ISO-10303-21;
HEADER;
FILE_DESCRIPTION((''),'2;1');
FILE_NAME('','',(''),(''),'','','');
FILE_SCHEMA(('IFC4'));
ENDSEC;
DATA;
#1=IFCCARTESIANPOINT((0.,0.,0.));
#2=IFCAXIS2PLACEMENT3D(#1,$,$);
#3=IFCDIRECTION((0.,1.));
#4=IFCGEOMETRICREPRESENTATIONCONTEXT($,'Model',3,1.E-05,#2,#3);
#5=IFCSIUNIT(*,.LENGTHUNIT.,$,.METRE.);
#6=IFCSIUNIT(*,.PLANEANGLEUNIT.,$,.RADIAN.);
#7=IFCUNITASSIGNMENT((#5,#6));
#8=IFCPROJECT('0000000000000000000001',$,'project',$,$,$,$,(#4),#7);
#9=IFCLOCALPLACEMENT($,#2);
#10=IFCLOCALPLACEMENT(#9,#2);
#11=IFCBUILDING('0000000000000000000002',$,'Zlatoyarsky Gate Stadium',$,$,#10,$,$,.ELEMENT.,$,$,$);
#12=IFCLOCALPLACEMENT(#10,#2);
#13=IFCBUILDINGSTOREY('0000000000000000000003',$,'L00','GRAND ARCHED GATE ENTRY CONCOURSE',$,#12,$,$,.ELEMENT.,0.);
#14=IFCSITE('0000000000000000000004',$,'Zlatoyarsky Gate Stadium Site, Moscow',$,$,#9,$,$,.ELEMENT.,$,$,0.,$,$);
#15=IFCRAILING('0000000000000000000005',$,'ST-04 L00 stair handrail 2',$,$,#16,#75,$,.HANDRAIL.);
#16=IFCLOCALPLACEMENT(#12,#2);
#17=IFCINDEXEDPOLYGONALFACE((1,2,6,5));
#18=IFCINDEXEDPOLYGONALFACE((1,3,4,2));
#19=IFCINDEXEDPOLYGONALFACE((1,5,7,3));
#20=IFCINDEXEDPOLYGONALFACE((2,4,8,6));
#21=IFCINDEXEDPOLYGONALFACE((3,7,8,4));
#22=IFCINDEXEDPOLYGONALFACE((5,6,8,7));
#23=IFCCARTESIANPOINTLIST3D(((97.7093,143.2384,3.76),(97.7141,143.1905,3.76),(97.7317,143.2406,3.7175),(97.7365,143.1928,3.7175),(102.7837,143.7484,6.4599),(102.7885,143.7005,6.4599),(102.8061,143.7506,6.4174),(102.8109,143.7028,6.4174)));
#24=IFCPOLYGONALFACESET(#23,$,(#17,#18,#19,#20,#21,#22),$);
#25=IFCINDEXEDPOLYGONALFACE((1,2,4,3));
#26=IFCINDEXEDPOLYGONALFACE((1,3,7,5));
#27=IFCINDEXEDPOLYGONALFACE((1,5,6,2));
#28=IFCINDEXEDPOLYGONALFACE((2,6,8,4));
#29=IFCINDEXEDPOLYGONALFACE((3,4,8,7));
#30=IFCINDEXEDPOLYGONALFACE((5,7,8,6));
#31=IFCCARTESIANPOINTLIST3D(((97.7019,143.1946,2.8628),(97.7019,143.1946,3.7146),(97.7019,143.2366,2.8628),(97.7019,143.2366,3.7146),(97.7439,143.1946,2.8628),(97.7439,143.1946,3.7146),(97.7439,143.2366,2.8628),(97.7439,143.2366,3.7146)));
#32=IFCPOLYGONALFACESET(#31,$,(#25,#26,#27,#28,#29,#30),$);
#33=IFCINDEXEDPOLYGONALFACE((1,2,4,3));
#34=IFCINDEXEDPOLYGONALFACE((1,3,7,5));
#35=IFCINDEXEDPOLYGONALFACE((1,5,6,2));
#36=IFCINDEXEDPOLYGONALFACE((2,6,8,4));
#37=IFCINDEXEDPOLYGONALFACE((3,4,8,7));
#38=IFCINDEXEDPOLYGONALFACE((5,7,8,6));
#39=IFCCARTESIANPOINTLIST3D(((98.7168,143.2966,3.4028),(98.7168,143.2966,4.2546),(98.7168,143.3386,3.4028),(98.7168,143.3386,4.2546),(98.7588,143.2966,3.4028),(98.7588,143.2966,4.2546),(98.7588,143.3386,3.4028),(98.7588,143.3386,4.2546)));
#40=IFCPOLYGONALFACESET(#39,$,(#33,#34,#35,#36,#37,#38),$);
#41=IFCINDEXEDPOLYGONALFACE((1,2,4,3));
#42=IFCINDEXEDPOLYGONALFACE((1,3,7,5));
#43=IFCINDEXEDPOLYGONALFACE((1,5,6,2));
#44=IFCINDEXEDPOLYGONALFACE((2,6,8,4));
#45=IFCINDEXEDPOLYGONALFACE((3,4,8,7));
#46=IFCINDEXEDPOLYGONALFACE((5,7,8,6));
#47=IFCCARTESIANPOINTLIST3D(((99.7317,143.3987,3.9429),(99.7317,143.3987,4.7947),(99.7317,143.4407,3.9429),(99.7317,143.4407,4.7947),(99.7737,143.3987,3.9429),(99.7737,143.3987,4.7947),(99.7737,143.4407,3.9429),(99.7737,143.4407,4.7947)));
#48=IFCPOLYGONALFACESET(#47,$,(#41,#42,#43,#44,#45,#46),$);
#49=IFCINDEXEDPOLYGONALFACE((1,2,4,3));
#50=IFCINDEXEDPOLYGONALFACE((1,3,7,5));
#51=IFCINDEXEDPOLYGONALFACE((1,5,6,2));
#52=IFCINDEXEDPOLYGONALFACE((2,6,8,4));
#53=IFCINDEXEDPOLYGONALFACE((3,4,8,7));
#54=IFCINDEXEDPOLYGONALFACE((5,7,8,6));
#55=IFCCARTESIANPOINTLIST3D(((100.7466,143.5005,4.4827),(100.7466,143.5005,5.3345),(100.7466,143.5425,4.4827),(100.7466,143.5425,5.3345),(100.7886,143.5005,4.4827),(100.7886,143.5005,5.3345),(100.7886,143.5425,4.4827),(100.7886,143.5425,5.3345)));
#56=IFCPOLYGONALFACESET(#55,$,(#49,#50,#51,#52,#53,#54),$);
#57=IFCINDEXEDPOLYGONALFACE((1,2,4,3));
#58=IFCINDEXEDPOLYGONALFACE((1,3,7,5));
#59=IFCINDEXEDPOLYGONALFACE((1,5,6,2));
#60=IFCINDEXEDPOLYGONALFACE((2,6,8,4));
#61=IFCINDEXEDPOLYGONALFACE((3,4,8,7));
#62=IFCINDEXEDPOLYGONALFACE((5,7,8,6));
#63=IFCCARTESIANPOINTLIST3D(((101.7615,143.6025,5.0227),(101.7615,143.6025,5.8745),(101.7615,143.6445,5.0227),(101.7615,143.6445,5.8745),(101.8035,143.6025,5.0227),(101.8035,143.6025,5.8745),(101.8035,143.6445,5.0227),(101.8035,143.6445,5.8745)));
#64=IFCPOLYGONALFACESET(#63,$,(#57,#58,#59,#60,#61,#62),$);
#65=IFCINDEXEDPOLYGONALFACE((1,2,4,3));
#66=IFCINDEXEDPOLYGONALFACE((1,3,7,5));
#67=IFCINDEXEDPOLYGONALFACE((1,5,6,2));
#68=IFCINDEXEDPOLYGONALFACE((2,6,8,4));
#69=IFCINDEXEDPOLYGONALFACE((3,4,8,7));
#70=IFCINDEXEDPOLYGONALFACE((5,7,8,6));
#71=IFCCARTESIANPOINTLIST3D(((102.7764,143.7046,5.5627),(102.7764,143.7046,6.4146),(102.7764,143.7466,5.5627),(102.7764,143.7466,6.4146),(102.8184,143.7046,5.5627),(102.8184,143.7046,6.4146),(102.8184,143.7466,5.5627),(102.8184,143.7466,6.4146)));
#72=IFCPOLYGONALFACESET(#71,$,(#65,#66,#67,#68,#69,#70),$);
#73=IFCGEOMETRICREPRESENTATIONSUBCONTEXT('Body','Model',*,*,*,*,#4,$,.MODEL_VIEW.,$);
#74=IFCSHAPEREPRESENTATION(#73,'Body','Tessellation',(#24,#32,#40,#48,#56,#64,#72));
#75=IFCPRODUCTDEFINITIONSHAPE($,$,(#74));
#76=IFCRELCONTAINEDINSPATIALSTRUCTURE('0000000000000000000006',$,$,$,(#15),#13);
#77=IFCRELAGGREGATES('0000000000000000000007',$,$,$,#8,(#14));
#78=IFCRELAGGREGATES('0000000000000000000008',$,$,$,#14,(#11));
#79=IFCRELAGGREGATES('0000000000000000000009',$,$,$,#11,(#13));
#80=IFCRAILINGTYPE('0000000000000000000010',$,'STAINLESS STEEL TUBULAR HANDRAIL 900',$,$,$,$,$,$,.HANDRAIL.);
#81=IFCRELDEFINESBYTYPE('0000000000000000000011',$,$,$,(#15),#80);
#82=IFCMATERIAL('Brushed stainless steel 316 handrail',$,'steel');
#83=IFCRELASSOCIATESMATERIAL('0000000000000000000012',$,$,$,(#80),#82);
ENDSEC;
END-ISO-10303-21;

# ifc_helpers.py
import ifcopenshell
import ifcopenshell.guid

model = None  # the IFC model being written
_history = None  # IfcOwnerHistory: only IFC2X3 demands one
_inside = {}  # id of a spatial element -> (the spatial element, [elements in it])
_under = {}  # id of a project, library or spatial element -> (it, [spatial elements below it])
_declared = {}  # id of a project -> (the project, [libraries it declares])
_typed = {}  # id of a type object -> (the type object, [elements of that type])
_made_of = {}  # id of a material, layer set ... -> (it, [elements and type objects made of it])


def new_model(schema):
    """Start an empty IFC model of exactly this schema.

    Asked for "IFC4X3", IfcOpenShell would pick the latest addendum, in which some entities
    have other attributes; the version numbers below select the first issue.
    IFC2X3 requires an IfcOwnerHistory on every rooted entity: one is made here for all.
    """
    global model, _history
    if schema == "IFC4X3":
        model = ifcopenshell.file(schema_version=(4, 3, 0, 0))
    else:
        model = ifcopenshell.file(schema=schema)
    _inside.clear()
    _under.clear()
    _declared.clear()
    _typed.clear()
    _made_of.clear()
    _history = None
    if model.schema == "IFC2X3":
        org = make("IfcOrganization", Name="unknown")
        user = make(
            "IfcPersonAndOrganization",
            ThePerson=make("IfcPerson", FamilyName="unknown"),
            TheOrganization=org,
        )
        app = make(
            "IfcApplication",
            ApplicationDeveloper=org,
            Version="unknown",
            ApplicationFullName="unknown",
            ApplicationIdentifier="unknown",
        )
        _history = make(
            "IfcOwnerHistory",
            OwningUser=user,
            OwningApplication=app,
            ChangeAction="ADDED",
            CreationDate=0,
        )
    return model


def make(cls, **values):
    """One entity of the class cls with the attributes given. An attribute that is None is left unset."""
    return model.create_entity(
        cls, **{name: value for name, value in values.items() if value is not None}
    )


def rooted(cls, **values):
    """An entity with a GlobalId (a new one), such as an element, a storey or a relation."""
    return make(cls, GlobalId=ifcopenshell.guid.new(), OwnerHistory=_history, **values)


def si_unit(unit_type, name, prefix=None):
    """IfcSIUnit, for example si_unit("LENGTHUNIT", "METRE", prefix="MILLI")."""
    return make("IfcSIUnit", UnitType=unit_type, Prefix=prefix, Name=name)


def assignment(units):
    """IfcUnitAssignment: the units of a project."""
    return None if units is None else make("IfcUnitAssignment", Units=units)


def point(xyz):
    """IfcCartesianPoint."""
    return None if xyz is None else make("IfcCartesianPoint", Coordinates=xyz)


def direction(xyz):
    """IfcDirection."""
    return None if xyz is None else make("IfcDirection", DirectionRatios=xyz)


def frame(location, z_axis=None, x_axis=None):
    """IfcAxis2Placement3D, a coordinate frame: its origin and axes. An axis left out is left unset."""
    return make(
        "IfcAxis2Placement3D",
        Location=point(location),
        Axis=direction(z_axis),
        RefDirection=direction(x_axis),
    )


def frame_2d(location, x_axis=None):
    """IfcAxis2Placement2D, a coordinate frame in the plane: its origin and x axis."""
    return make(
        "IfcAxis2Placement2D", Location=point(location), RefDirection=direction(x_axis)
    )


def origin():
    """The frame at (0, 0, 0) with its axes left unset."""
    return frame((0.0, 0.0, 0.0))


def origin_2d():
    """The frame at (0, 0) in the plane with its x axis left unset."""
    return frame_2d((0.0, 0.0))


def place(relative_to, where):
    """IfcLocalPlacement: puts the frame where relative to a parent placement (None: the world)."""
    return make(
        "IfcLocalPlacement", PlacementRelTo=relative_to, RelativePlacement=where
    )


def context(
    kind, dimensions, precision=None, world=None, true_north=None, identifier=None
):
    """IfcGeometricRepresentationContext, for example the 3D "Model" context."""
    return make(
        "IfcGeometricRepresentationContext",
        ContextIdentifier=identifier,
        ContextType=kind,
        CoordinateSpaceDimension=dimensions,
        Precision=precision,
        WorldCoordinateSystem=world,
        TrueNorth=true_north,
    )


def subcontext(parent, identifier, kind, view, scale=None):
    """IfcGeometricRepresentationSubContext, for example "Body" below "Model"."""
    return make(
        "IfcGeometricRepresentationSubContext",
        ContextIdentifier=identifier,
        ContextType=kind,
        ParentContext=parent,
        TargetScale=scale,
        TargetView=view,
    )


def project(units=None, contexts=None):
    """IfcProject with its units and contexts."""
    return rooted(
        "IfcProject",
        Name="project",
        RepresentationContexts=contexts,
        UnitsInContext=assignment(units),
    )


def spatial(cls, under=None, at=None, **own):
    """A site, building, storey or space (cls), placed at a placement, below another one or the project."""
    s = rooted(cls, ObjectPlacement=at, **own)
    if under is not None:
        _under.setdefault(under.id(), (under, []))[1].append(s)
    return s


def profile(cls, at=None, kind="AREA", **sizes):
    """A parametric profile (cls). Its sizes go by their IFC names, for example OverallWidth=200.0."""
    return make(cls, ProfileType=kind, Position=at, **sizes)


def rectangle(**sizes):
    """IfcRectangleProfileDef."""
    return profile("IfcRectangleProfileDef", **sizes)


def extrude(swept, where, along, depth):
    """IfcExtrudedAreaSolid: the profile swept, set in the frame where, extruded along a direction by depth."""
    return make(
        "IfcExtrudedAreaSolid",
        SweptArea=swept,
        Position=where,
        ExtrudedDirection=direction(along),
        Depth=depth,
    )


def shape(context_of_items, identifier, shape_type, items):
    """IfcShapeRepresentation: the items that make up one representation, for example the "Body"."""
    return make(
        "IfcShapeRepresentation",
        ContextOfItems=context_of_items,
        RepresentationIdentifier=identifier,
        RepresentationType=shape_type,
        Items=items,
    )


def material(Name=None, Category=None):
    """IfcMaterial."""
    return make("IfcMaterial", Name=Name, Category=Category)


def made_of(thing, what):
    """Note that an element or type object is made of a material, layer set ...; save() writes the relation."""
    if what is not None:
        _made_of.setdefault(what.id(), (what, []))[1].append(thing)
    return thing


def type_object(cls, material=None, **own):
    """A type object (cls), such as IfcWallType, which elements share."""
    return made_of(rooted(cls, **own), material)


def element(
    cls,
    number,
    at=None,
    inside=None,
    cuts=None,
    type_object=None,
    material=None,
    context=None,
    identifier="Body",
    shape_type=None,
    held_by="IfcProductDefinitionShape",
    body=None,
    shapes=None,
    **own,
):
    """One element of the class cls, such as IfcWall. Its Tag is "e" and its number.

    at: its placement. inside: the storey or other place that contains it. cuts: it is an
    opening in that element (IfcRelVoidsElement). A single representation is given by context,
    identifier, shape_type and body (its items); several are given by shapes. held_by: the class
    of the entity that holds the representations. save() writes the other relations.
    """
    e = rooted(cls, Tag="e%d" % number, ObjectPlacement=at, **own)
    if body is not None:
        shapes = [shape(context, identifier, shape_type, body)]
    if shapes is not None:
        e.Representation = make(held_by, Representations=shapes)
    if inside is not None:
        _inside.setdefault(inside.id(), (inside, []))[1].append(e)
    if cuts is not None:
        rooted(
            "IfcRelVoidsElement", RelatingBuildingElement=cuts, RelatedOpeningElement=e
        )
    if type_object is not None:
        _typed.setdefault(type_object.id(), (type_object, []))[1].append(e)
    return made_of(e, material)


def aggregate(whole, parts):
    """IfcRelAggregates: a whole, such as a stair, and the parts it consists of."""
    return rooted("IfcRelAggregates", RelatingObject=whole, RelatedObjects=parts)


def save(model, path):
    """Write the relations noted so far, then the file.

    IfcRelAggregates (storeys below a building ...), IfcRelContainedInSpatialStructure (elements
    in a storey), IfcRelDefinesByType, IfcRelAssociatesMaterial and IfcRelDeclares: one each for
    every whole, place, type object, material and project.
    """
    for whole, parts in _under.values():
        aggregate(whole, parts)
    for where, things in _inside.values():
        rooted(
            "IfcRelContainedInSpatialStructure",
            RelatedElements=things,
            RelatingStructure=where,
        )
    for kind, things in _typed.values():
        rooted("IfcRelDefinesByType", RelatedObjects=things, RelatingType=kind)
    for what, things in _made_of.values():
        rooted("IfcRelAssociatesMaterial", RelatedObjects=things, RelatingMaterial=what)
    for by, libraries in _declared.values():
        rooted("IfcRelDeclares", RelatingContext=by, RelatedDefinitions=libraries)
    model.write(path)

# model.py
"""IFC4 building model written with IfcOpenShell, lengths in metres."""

from ifc_helpers import new_model, si_unit, direction, frame, origin, origin_2d, place, context, subcontext, project, spatial, rectangle, extrude, material, type_object, element, save


model = new_model("IFC4")

# Units and contexts
model_context = context("Model", 3, precision=1e-05, world=origin(), true_north=direction((0.0, 1.0)))
body_context = subcontext(model_context, "Body", "Model", "MODEL_VIEW")
ifc_project = project(units=[si_unit("LENGTHUNIT", "METRE"), si_unit("PLANEANGLEUNIT", "RADIAN")], contexts=[model_context])

# Site, building, storey
site_placement = place(None, origin())
site = spatial("IfcSite", under=ifc_project, at=site_placement, Name="Zlatoyarsky Gate Stadium Site, Moscow", CompositionType="ELEMENT", RefElevation=0.0)
building_placement = place(site_placement, origin())
building = spatial("IfcBuilding", under=site, at=building_placement, Name="Zlatoyarsky Gate Stadium", CompositionType="ELEMENT")
storey_placement = place(building_placement, origin())
storey = spatial("IfcBuildingStorey", under=building, at=storey_placement, Name="L00", Description="GRAND ARCHED GATE ENTRY CONCOURSE", CompositionType="ELEMENT", Elevation=0.0)

# Railing
ifc_material_1 = material(Name="Brushed stainless steel 316 handrail", Category="steel")
railing_type_1 = type_object("IfcRailingType", Name="STAINLESS STEEL TUBULAR HANDRAIL 900", PredefinedType="HANDRAIL", material=ifc_material_1)
railing_1_placement = place(storey_placement, frame((97.7229, 143.2156, 2.8628)))
element("IfcRailing", 1, at=railing_1_placement, inside=storey, type_object=railing_type_1, Name="ST-04 L00 stair handrail 2", PredefinedType="HANDRAIL", context=body_context, shape_type="SweptSolid", body=[
    extrude(rectangle(XDim=0.0481, YDim=0.0481, at=origin_2d()), frame((0.0, 0.0, 0.876), z_axis=(0.879362, 0.08838, 0.467879), x_axis=(-0.100001, 0.994987, 0.0)), (0.0, 0.0, 1.0), 5.7705),
    extrude(rectangle(XDim=0.042, YDim=0.042, at=origin_2d()), origin(), (0.0, 0.0, 1.0), 0.8518),
    extrude(rectangle(XDim=0.042, YDim=0.042, at=origin_2d()), frame((1.0149, 0.1021, 0.54)), (0.0, 0.0, 1.0), 0.8518),
    extrude(rectangle(XDim=0.042, YDim=0.042, at=origin_2d()), frame((2.0298, 0.2041, 1.0801)), (0.0, 0.0, 1.0), 0.8518),
    extrude(rectangle(XDim=0.042, YDim=0.042, at=origin_2d()), frame((3.0447, 0.3059, 1.6199)), (0.0, 0.0, 1.0), 0.8518),
    extrude(rectangle(XDim=0.042, YDim=0.042, at=origin_2d()), frame((4.0596, 0.408, 2.1599)), (0.0, 0.0, 1.0), 0.8518),
    extrude(rectangle(XDim=0.042, YDim=0.042, at=origin_2d()), frame((5.0745, 0.51, 2.7)), (0.0, 0.0, 1.0), 0.8518),
])

save(model, "model.ifc")
